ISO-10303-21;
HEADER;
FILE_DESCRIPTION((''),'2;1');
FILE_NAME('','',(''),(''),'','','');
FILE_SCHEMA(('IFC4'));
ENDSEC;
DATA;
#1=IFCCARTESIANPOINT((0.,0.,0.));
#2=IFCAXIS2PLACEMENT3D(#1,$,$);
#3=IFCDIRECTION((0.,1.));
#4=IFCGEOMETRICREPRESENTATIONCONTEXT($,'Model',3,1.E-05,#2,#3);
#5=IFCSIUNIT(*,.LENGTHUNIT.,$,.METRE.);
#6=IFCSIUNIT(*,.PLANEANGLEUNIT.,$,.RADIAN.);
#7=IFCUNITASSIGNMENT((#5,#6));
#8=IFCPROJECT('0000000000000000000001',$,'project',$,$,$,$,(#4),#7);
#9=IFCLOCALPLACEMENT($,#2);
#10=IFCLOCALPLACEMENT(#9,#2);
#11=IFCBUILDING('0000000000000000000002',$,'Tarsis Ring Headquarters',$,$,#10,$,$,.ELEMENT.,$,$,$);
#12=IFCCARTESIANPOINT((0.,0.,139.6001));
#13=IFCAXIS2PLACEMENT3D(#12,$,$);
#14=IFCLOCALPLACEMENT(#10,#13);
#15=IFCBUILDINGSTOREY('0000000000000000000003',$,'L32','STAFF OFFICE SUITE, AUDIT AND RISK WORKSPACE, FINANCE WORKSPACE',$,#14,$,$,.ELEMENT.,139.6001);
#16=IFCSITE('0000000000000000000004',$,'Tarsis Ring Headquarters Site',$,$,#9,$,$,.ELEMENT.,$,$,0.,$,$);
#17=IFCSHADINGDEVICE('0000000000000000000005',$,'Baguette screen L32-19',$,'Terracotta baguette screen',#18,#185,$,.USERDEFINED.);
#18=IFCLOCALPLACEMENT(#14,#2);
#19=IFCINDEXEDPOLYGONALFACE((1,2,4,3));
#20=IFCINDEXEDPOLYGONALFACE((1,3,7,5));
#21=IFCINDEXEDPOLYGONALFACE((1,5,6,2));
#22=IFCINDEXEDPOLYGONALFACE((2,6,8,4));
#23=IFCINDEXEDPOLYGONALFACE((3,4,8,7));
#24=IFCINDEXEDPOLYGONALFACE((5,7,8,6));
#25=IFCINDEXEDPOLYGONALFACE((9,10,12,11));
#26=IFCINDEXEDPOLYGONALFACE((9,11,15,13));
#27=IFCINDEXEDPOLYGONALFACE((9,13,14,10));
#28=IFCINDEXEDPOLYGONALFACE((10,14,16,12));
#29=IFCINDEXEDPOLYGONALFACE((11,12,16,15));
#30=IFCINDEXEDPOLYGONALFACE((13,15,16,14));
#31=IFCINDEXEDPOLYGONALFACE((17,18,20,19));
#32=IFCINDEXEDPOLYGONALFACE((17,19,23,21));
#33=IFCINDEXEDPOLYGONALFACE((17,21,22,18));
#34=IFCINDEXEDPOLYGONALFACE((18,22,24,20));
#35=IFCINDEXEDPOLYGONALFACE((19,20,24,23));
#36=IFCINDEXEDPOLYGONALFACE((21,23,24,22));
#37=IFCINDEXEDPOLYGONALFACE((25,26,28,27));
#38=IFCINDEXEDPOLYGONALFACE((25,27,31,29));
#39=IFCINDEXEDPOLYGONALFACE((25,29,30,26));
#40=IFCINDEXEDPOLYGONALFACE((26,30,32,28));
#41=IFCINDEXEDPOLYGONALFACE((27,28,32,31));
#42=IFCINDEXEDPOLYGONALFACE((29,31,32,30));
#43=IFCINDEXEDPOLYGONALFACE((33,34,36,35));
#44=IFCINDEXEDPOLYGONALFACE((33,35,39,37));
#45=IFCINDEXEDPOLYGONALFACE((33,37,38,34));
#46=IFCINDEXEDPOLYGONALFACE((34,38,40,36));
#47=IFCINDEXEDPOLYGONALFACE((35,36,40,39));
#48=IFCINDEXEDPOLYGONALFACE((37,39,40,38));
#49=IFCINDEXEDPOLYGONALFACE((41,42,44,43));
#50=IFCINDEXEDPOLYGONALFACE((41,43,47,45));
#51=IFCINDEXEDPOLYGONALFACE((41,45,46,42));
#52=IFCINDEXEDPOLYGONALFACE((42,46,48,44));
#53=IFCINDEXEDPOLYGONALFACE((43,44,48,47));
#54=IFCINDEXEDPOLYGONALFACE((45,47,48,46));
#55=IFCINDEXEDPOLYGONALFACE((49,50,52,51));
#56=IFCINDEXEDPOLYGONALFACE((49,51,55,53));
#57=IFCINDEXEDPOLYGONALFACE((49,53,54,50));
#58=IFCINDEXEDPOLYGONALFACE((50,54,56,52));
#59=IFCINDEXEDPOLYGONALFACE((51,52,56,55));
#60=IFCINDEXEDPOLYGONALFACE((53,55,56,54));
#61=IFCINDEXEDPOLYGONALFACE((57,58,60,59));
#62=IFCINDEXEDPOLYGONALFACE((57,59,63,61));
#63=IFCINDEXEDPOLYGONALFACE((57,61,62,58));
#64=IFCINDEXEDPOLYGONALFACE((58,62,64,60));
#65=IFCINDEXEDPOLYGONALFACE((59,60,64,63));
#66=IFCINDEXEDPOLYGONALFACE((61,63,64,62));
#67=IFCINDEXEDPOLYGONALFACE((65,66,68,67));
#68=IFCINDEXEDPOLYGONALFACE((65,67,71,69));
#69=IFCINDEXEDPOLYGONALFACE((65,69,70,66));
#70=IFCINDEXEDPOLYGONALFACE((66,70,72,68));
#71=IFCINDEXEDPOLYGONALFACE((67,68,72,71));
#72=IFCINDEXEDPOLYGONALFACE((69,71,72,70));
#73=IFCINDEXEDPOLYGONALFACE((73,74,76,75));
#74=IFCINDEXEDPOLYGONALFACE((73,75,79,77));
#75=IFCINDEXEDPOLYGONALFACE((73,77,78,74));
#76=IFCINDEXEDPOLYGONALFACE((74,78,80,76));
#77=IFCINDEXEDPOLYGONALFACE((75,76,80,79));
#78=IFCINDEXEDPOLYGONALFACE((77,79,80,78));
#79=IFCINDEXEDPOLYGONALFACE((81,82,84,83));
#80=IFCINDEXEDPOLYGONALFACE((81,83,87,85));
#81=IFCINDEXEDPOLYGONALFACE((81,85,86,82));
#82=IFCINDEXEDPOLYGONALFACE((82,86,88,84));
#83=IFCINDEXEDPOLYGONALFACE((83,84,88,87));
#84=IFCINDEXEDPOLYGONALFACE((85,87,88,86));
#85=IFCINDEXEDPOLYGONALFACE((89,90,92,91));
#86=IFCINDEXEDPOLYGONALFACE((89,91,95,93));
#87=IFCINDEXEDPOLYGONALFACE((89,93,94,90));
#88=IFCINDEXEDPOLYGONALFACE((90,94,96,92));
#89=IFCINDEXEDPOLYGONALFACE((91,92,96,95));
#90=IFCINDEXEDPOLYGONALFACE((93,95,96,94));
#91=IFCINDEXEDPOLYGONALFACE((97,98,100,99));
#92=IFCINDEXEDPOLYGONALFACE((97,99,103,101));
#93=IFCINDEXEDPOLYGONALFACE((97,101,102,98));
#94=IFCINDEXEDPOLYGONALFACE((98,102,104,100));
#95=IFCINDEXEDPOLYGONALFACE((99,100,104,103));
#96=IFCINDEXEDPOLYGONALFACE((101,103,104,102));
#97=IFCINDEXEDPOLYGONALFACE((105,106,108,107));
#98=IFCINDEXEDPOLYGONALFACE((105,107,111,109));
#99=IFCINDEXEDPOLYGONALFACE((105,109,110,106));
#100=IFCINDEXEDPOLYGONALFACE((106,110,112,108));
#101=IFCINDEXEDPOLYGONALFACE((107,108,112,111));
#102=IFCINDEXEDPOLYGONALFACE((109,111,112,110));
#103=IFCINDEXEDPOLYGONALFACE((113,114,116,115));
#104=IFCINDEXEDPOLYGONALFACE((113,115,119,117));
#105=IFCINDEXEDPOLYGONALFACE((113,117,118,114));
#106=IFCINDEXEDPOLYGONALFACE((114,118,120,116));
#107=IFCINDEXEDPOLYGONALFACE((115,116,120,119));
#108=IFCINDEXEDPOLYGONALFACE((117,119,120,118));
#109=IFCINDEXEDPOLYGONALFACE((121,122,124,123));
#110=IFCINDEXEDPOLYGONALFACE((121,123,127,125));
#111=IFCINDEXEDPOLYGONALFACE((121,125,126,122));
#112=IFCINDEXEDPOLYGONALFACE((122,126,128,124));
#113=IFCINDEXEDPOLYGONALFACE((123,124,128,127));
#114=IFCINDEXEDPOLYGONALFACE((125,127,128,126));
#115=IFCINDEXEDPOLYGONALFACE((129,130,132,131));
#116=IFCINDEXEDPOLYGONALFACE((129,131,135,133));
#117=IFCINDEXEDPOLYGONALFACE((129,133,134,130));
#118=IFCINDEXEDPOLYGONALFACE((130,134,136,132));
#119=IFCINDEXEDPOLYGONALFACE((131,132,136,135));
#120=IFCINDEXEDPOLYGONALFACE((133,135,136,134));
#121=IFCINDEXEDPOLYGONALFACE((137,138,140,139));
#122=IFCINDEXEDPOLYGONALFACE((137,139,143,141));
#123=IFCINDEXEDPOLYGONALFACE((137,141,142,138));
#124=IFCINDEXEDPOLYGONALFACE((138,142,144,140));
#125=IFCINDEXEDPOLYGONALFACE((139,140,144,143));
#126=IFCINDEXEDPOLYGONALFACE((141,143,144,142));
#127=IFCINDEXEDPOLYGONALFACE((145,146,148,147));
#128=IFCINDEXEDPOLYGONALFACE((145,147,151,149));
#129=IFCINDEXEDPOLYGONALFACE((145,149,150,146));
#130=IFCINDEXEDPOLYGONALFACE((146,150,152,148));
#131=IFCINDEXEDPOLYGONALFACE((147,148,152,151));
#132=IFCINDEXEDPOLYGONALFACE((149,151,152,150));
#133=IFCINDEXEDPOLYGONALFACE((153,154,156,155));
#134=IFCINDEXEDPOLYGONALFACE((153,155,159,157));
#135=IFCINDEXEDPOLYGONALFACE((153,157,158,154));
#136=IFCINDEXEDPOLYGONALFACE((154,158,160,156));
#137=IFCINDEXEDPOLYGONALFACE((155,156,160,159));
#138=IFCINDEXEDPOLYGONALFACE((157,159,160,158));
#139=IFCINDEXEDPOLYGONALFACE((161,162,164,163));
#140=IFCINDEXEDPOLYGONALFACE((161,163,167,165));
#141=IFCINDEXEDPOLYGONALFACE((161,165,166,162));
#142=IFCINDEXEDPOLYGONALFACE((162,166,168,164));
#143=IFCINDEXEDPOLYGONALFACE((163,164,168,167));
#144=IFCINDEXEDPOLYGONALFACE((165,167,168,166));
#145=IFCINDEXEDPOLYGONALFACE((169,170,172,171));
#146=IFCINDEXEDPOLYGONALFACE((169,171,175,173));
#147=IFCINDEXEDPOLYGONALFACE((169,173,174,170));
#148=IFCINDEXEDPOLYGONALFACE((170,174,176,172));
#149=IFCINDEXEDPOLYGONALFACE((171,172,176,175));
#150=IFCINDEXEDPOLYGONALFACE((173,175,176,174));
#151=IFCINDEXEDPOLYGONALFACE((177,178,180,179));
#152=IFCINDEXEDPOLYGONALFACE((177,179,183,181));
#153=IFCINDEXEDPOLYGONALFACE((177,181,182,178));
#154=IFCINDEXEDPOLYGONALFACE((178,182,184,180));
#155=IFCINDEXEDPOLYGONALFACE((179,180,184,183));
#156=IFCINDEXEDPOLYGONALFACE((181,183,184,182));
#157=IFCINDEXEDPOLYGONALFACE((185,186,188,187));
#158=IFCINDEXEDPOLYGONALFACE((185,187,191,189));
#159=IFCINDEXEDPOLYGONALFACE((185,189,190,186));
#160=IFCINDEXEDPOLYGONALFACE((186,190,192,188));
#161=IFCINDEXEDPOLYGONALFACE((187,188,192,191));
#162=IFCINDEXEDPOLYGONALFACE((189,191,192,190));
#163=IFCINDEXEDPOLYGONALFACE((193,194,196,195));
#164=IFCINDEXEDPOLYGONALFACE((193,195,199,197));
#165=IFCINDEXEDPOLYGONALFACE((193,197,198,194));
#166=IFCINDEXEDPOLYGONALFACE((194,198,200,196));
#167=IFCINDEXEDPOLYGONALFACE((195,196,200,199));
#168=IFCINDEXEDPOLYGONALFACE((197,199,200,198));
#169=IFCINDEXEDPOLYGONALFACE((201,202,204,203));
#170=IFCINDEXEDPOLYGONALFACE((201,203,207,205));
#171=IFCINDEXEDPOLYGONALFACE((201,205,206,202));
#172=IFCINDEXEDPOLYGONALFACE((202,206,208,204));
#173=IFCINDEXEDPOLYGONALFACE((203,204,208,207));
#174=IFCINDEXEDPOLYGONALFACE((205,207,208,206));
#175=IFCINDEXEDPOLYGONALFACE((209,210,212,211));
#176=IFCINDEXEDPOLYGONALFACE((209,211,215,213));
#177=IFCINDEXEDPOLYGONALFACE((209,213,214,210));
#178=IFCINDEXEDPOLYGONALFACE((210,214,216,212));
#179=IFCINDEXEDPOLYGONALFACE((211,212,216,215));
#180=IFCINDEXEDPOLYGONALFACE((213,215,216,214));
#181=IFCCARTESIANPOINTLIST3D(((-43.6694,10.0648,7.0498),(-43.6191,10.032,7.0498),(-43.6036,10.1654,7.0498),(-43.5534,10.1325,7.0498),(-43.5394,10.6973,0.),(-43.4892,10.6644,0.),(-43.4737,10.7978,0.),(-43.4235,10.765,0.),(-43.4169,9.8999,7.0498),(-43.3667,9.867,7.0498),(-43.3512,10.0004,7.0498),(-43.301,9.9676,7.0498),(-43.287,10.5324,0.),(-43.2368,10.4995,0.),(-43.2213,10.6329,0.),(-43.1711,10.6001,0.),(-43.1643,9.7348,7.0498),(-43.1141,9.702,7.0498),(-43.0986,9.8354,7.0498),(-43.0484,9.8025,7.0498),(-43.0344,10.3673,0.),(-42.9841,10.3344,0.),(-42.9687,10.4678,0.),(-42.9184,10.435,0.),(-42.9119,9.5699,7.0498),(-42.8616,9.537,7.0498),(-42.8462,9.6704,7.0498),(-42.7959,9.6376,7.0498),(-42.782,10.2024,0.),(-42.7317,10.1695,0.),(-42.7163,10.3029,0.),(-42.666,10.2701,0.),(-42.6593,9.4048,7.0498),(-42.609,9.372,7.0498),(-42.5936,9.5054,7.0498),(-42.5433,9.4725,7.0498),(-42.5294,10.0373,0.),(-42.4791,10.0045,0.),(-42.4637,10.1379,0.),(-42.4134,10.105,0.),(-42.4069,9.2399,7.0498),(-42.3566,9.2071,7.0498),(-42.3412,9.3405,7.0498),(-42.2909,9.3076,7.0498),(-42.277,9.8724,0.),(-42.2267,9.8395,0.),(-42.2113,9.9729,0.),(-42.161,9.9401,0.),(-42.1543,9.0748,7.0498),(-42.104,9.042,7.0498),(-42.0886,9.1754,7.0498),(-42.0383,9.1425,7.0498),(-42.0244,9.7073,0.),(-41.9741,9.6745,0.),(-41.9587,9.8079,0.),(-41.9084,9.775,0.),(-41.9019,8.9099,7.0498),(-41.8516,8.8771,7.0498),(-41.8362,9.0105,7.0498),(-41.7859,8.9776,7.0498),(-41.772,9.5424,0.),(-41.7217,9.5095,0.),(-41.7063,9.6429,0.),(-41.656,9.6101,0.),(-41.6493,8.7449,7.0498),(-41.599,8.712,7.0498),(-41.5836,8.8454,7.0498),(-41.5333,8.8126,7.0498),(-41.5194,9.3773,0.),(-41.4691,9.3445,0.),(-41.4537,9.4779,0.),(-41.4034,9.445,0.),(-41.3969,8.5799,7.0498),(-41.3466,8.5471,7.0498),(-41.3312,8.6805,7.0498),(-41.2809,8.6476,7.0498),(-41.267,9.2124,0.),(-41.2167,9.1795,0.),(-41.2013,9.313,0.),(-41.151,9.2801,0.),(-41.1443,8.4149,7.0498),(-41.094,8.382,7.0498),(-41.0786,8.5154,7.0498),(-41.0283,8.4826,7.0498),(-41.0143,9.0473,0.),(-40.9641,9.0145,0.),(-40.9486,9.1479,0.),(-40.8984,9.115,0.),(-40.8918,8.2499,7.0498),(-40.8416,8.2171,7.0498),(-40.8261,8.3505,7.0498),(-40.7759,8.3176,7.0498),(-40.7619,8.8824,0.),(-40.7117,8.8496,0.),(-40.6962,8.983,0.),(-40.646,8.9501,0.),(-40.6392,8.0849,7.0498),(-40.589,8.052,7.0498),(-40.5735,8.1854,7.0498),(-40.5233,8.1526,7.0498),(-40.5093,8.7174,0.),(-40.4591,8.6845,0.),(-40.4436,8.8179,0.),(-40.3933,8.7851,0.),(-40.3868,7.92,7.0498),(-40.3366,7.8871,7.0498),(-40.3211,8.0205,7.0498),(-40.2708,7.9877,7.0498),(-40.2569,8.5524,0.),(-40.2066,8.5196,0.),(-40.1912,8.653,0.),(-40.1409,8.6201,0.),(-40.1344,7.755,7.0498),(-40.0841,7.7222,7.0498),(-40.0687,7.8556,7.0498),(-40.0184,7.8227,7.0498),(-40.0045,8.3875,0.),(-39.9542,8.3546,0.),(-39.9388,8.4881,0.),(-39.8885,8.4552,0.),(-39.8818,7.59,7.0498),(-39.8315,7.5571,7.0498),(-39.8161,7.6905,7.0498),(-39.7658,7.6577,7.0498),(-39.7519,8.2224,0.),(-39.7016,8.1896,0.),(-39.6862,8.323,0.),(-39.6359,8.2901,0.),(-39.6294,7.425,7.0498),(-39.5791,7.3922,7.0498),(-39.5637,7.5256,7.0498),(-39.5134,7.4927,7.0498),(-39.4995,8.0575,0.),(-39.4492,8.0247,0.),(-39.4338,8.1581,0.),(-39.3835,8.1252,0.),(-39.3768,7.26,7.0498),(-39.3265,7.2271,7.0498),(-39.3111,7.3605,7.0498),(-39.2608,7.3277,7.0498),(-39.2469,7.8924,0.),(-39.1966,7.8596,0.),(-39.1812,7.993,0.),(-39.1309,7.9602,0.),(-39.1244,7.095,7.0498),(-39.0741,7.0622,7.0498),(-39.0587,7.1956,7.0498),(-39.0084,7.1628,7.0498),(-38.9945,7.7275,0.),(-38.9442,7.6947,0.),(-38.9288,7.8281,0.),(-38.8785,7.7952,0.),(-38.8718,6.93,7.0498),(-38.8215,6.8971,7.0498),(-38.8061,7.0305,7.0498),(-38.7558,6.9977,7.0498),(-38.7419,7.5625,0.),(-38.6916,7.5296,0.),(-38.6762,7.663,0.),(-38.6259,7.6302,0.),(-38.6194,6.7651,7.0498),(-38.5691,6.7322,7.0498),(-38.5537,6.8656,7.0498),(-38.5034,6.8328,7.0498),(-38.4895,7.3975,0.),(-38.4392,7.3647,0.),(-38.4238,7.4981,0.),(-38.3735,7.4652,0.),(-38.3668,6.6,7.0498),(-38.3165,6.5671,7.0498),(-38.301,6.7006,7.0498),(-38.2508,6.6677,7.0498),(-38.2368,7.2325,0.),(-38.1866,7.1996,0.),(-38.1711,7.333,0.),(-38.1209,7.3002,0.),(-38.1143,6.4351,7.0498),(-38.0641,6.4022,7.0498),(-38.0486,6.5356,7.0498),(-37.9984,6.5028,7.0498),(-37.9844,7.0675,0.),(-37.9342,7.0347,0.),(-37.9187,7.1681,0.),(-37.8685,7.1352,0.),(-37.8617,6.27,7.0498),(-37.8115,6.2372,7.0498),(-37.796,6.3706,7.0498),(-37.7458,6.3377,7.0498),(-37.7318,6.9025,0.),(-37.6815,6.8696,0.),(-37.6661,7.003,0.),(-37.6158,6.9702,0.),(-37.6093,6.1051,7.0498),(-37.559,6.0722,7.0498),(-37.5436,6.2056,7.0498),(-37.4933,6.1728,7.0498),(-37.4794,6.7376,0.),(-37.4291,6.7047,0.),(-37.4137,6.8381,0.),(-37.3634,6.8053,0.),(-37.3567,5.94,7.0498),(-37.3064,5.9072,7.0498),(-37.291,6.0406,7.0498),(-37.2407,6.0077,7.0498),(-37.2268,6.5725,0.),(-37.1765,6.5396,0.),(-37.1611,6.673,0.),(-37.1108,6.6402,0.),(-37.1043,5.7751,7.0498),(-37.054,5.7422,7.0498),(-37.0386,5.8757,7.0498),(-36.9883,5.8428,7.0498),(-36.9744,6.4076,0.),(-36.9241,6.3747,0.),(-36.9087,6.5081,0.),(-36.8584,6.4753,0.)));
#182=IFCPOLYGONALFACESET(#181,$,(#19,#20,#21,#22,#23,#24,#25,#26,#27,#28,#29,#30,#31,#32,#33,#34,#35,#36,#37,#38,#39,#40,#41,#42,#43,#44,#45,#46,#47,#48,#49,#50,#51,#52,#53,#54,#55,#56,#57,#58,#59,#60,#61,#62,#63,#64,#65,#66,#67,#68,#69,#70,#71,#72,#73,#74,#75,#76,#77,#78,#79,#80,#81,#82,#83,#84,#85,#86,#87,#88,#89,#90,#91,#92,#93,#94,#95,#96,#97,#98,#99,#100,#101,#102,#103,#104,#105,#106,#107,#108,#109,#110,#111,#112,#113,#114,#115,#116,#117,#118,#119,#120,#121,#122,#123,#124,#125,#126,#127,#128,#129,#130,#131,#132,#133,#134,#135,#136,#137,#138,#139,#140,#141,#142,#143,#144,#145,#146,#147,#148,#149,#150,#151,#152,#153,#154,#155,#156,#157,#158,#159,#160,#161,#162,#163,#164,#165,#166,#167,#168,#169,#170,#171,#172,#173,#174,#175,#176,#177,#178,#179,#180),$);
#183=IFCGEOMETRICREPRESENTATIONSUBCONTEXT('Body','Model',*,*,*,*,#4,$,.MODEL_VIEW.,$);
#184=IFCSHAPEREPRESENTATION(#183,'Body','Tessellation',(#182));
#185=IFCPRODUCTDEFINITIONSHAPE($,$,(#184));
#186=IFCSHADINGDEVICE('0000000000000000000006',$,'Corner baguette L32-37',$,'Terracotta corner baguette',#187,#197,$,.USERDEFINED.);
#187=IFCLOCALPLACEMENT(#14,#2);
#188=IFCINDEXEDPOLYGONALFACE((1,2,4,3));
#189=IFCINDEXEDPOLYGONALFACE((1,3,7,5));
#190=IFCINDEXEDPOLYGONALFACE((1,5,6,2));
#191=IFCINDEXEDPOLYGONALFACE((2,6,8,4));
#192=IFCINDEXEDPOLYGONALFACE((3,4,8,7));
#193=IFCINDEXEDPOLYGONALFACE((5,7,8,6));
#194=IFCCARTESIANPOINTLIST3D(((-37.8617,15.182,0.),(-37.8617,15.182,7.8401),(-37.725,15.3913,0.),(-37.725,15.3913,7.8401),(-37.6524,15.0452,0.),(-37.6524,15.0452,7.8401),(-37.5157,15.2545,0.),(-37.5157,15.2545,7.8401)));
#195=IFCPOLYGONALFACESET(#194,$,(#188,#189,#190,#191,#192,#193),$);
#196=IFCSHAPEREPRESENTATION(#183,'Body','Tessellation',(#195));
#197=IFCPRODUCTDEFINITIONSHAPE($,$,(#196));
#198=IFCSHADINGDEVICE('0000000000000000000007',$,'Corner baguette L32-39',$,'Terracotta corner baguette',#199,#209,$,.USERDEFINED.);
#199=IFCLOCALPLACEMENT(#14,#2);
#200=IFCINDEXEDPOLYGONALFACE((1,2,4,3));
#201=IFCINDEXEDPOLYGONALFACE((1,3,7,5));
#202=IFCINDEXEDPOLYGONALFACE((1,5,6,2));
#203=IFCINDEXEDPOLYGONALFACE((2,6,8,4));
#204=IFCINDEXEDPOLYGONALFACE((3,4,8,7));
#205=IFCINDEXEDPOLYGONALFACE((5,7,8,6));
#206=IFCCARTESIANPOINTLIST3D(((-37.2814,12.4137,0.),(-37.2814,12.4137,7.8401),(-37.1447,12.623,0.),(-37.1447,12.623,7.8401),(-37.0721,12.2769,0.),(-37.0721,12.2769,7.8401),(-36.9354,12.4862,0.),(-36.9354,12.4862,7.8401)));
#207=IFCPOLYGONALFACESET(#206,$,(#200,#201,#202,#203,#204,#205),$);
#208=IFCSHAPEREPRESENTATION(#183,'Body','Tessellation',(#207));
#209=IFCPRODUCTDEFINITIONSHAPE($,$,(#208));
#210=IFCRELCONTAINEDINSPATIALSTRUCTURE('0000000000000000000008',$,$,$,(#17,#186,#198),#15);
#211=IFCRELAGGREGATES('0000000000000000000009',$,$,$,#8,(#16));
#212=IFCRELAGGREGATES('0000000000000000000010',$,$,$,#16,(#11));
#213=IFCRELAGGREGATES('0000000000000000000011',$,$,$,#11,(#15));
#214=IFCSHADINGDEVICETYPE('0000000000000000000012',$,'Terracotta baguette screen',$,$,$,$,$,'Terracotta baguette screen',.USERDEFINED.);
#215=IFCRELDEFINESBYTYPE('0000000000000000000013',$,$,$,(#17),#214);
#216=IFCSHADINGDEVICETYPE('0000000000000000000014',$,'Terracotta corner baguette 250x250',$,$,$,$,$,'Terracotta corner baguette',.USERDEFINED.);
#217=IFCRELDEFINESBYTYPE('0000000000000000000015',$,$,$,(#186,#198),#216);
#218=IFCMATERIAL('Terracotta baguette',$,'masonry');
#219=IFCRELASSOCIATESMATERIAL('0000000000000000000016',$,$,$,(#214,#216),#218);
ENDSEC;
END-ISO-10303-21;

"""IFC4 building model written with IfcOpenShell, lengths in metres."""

from ifc_helpers import new_model, si_unit, direction, frame, frame_2d, origin, origin_2d, place, context, subcontext, project, spatial, rectangle, composite_profile, extrude, material, type_object, element, save


model = new_model("IFC4")

# Units and contexts
model_context = context("Model", 3, precision=1e-05, world=origin(), true_north=direction((0.0, 1.0)))
body_context = subcontext(model_context, "Body", "Model", "MODEL_VIEW")
ifc_project = project(units=[si_unit("LENGTHUNIT", "METRE"), si_unit("PLANEANGLEUNIT", "RADIAN")], contexts=[model_context])

# Site, building, storey
site_placement = place(None, origin())
site = spatial("IfcSite", under=ifc_project, at=site_placement, Name="Tarsis Ring Headquarters Site", CompositionType="ELEMENT", RefElevation=0.0)
building_placement = place(site_placement, origin())
building = spatial("IfcBuilding", under=site, at=building_placement, Name="Tarsis Ring Headquarters", CompositionType="ELEMENT")
storey_placement = place(building_placement, frame((0.0, 0.0, 139.6001)))
storey = spatial("IfcBuildingStorey", under=building, at=storey_placement, Name="L32", Description="STAFF OFFICE SUITE, AUDIT AND RISK WORKSPACE, FINANCE WORKSPACE", CompositionType="ELEMENT", Elevation=139.6001)

# Shading devices
ifc_material_1 = material(Name="Terracotta baguette", Category="masonry")
shading_device_type_1 = type_object("IfcShadingDeviceType", Name="Terracotta baguette screen", ElementType="Terracotta baguette screen", PredefinedType="USERDEFINED", material=ifc_material_1)
shading_device_placement = place(storey_placement, frame((-43.5066, 10.7476, 0.0), z_axis=(0.0, 0.0, 1.0), x_axis=(0.837123, -0.546991, 0.0)))
element("IfcShadingDevice", 1, at=shading_device_placement, inside=storey, type_object=shading_device_type_1, Name="Baguette screen L32-19", ObjectType="Terracotta baguette screen", PredefinedType="USERDEFINED", context=body_context, shape_type="SweptSolid", body=[
    extrude(composite_profile([rectangle(XDim=0.0601, YDim=0.1201, at=frame_2d((0.03, 0.0))), rectangle(XDim=0.0601, YDim=0.1201, at=frame_2d((0.3315, 0.0))), rectangle(XDim=0.0601, YDim=0.1201, at=frame_2d((0.6333, 0.0))), rectangle(XDim=0.0601, YDim=0.1201, at=frame_2d((0.9348, 0.0))), rectangle(XDim=0.0601, YDim=0.1201, at=frame_2d((1.2366, 0.0))), rectangle(XDim=0.0601, YDim=0.1201, at=frame_2d((1.5381, 0.0))), rectangle(XDim=0.0601, YDim=0.1201, at=frame_2d((1.8398, 0.0))), rectangle(XDim=0.0601, YDim=0.1201, at=frame_2d((2.1414, 0.0))), rectangle(XDim=0.0601, YDim=0.1201, at=frame_2d((2.4431, 0.0))), rectangle(XDim=0.0601, YDim=0.1201, at=frame_2d((2.7446, 0.0))), rectangle(XDim=0.0601, YDim=0.1201, at=frame_2d((3.0464, 0.0))), rectangle(XDim=0.0601, YDim=0.1201, at=frame_2d((3.3479, 0.0))), rectangle(XDim=0.0601, YDim=0.1201, at=frame_2d((3.6497, 0.0))), rectangle(XDim=0.0601, YDim=0.1201, at=frame_2d((3.9512, 0.0))), rectangle(XDim=0.0601, YDim=0.1201, at=frame_2d((4.2527, 0.0))), rectangle(XDim=0.0601, YDim=0.1201, at=frame_2d((4.5544, 0.0))), rectangle(XDim=0.0601, YDim=0.1201, at=frame_2d((4.856, 0.0))), rectangle(XDim=0.0601, YDim=0.1201, at=frame_2d((5.1577, 0.0))), rectangle(XDim=0.0601, YDim=0.1201, at=frame_2d((5.4592, 0.0))), rectangle(XDim=0.0601, YDim=0.1201, at=frame_2d((5.761, 0.0))), rectangle(XDim=0.0601, YDim=0.1201, at=frame_2d((6.0625, 0.0))), rectangle(XDim=0.0601, YDim=0.1201, at=frame_2d((6.3643, 0.0))), rectangle(XDim=0.0601, YDim=0.1201, at=frame_2d((6.6658, 0.0))), rectangle(XDim=0.0601, YDim=0.1201, at=frame_2d((6.9675, 0.0))), rectangle(XDim=0.0601, YDim=0.1201, at=frame_2d((7.269, 0.0))), rectangle(XDim=0.0601, YDim=0.1201, at=frame_2d((7.5708, 0.0))), rectangle(XDim=0.0601, YDim=0.1201, at=frame_2d((7.8723, 0.0)))]), origin(), (0.033507, -0.084827, 0.995832), 7.0793),
])
shading_device_type_2 = type_object("IfcShadingDeviceType", Name="Terracotta corner baguette 250x250", ElementType="Terracotta corner baguette", PredefinedType="USERDEFINED", material=ifc_material_1)
for number, where, z_axis, x_axis, name in (
    (2, (-37.6887, 15.2183, 0.0), (0.0, 0.0, 1.0), (-0.546979, -0.837146, 0.0), "Corner baguette L32-37"),
    (3, (-37.1084, 12.45, 0.0), (0.0, 0.0, 1.0), (-0.546979, -0.837146, 0.0), "Corner baguette L32-39"),
):
    element("IfcShadingDevice", number, at=place(storey_placement, frame(where, z_axis=z_axis, x_axis=x_axis)), inside=storey, type_object=shading_device_type_2, Name=name, ObjectType="Terracotta corner baguette", PredefinedType="USERDEFINED", context=body_context, shape_type="SweptSolid", body=[
        extrude(rectangle(XDim=0.25, YDim=0.25, at=origin_2d()), origin(), (0.0, 0.0, 1.0), 7.8401),
    ])

save(model, "model.ifc")
